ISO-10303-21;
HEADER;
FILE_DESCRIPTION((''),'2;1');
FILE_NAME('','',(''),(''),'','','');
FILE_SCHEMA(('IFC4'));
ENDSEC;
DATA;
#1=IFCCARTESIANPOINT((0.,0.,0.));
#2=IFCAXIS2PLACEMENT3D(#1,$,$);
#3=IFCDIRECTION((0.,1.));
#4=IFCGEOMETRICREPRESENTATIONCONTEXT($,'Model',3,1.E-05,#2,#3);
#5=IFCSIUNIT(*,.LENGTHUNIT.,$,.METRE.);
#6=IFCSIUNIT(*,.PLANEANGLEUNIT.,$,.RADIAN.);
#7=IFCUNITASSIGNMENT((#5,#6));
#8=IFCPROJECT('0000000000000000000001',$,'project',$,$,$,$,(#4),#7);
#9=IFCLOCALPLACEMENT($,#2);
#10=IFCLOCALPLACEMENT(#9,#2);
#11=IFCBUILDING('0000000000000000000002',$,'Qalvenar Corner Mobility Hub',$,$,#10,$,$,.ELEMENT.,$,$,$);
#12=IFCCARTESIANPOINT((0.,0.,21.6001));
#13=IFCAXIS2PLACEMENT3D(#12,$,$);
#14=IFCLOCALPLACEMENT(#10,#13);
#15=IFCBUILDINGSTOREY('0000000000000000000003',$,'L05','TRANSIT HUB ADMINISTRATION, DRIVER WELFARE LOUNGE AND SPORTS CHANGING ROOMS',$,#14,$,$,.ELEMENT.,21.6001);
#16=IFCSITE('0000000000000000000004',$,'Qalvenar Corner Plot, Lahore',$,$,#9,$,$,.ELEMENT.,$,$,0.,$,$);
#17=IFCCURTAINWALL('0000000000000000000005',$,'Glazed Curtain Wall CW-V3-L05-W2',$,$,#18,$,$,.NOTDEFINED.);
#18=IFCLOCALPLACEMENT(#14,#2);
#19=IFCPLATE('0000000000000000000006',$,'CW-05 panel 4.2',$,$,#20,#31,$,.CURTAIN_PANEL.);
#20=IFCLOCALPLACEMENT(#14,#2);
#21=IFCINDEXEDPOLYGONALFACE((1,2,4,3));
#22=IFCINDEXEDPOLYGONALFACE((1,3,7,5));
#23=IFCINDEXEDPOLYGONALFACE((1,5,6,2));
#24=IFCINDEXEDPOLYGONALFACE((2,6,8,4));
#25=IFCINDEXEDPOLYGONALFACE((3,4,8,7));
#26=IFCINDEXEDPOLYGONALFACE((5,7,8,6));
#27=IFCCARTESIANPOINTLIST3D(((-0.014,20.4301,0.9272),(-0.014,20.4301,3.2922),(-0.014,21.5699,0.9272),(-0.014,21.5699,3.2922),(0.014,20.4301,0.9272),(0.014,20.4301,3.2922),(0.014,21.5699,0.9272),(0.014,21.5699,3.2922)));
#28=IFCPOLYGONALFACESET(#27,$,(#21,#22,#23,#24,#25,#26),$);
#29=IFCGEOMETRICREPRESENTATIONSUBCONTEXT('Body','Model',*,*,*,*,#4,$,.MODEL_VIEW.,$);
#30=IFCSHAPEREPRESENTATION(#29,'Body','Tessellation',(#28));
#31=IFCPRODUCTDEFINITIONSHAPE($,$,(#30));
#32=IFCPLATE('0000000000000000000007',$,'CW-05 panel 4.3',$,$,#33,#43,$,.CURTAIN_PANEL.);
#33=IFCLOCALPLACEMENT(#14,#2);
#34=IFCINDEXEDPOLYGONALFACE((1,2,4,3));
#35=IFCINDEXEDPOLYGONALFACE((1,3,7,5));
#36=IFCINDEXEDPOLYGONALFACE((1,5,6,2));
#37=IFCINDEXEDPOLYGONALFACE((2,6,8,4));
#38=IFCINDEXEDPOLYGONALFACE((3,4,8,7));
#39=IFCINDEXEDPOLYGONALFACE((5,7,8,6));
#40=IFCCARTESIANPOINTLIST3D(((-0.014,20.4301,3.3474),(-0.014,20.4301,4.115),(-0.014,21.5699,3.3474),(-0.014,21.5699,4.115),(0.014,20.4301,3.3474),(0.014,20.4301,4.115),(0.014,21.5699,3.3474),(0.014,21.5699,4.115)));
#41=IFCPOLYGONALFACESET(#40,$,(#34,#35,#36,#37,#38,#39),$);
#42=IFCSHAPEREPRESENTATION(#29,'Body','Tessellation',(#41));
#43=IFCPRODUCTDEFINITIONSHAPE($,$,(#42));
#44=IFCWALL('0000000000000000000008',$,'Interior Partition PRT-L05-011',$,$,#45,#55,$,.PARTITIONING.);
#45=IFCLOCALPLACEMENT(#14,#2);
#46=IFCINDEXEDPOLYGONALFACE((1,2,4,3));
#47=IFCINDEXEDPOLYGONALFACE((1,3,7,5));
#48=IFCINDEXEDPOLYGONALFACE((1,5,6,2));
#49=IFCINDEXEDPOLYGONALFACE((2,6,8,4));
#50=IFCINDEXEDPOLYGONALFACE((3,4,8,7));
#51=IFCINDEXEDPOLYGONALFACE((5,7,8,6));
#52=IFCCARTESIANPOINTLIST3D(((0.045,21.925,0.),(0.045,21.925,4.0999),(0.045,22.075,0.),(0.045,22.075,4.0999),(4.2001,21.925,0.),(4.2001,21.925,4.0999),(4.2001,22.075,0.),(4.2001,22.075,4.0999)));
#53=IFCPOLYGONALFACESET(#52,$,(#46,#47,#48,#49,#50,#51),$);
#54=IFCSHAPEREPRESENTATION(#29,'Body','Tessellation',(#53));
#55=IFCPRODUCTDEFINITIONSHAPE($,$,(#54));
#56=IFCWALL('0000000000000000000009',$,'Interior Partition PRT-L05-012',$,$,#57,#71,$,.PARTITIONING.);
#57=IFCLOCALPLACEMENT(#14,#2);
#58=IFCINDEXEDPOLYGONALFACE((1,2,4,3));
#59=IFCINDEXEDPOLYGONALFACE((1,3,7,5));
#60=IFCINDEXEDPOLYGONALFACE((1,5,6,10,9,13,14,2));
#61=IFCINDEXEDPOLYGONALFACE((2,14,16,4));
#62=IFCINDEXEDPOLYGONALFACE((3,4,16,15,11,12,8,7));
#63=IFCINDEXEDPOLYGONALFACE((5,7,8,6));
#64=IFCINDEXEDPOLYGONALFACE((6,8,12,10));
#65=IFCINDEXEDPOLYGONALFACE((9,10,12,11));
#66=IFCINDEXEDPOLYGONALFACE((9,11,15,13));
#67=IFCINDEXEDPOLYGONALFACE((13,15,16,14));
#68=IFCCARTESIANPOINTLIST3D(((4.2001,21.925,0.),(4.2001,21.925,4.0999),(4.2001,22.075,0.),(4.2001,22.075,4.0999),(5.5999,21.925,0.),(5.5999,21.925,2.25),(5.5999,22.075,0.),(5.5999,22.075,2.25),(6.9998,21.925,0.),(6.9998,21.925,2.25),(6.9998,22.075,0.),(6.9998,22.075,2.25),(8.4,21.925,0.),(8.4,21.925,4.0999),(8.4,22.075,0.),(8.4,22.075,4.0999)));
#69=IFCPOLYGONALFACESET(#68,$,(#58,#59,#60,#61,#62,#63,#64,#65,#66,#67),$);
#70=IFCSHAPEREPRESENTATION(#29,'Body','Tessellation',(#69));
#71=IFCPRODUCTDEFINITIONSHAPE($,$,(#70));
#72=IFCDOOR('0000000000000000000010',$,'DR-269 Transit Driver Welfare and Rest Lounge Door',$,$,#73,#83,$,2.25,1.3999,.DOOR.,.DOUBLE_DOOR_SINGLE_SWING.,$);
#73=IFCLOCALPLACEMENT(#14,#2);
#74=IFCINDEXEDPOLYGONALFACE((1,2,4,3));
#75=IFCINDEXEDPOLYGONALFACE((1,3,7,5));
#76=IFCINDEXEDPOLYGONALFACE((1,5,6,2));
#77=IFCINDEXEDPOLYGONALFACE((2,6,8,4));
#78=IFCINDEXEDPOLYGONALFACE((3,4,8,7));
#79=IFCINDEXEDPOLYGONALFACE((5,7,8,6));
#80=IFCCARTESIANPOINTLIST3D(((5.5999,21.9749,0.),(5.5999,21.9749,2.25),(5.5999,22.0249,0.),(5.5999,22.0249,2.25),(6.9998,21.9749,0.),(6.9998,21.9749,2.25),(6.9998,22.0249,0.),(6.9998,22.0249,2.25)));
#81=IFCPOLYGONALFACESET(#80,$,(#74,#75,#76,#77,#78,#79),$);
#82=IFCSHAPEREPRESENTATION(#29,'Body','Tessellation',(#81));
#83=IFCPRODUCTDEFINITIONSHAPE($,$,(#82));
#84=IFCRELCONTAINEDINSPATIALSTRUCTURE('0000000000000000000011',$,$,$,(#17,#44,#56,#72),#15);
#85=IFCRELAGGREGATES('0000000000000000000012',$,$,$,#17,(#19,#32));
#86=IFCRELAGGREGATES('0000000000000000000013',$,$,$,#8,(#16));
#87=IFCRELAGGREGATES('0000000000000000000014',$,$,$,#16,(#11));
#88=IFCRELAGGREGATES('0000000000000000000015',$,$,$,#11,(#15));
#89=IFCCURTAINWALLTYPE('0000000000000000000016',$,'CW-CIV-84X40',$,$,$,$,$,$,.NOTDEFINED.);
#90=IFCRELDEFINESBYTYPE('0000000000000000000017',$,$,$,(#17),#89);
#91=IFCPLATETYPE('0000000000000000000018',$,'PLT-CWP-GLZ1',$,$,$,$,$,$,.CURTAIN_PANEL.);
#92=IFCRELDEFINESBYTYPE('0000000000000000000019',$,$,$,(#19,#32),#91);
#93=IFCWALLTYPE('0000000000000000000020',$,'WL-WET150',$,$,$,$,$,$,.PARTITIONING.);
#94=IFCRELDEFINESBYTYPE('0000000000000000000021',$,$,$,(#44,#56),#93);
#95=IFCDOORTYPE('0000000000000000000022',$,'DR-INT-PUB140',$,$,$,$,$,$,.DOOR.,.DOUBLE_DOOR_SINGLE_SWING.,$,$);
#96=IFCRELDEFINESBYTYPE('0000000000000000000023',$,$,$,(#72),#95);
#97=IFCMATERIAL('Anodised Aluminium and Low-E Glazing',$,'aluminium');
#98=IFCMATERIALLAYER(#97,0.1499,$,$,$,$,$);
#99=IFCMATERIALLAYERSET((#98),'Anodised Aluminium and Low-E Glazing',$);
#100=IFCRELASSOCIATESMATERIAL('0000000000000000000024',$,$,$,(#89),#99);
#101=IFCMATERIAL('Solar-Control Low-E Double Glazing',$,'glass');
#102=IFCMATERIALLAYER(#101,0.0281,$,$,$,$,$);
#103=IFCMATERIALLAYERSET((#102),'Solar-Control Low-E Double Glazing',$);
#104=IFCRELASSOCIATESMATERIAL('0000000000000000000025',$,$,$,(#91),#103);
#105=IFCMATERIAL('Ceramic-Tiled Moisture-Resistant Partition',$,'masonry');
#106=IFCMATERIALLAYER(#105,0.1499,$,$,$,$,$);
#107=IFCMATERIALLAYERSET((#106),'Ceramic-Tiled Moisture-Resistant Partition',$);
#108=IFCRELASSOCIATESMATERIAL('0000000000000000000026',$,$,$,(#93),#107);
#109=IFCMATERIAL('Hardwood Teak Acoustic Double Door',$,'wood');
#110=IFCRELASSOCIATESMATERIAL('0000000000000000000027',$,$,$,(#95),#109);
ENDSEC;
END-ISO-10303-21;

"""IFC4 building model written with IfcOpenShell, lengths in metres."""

from ifc_helpers import new_model, si_unit, direction, frame, frame_2d, origin, origin_2d, place, context, subcontext, project, spatial, rectangle, extrude, material, layer, layer_set, type_object, element, fill, aggregate, save


model = new_model("IFC4")

# Units and contexts
model_context = context("Model", 3, precision=1e-05, world=origin(), true_north=direction((0.0, 1.0)))
body_context = subcontext(model_context, "Body", "Model", "MODEL_VIEW")
ifc_project = project(units=[si_unit("LENGTHUNIT", "METRE"), si_unit("PLANEANGLEUNIT", "RADIAN")], contexts=[model_context])

# Site, building, storey
site_placement = place(None, origin())
site = spatial("IfcSite", under=ifc_project, at=site_placement, Name="Qalvenar Corner Plot, Lahore", CompositionType="ELEMENT", RefElevation=0.0)
building_placement = place(site_placement, origin())
building = spatial("IfcBuilding", under=site, at=building_placement, Name="Qalvenar Corner Mobility Hub", CompositionType="ELEMENT")
storey_placement = place(building_placement, frame((0.0, 0.0, 21.6001)))
storey = spatial("IfcBuildingStorey", under=building, at=storey_placement, Name="L05", Description="TRANSIT HUB ADMINISTRATION, DRIVER WELFARE LOUNGE AND SPORTS CHANGING ROOMS", CompositionType="ELEMENT", Elevation=21.6001)

# Curtain wall, plates
ifc_material_1 = material(Name="Anodised Aluminium and Low-E Glazing", Category="aluminium")
ifc_layer_1 = layer(ifc_material_1, 0.1499)
ifc_layer_set_1 = layer_set([ifc_layer_1], Name="Anodised Aluminium and Low-E Glazing")
curtain_wall_type = type_object("IfcCurtainWallType", Name="CW-CIV-84X40", PredefinedType="NOTDEFINED", material=ifc_layer_set_1)
curtain_wall_placement = place(storey_placement, origin())
curtain_wall = element("IfcCurtainWall", 1, at=curtain_wall_placement, inside=storey, type_object=curtain_wall_type, Name="Glazed Curtain Wall CW-V3-L05-W2", PredefinedType="NOTDEFINED")
ifc_material_2 = material(Name="Solar-Control Low-E Double Glazing", Category="glass")
ifc_layer_2 = layer(ifc_material_2, 0.0281)
ifc_layer_set_2 = layer_set([ifc_layer_2], Name="Solar-Control Low-E Double Glazing")
plate_type = type_object("IfcPlateType", Name="PLT-CWP-GLZ1", PredefinedType="CURTAIN_PANEL", material=ifc_layer_set_2)
plate_1_placement = place(storey_placement, frame((0.0, 21.0, 0.9272), z_axis=(0.0, 0.0, 1.0), x_axis=(0.0, -1.0, 0.0)))
plate_1 = element("IfcPlate", 2, at=plate_1_placement, type_object=plate_type, Name="CW-05 panel 4.2", PredefinedType="CURTAIN_PANEL", context=body_context, shape_type="SweptSolid", body=[
    extrude(rectangle(XDim=1.1399, YDim=0.0281, at=origin_2d()), origin(), (0.0, 0.0, 1.0), 2.365),
])
plate_2_placement = place(storey_placement, frame((0.0, 21.0, 3.3474), z_axis=(0.0, 0.0, 1.0), x_axis=(0.0, -1.0, 0.0)))
plate_2 = element("IfcPlate", 3, at=plate_2_placement, type_object=plate_type, Name="CW-05 panel 4.3", PredefinedType="CURTAIN_PANEL", context=body_context, shape_type="SweptSolid", body=[
    extrude(rectangle(XDim=1.1399, YDim=0.0281, at=origin_2d()), origin(), (0.0, 0.0, 1.0), 0.7676),
])
aggregate(curtain_wall, [plate_1, plate_2])

# Wall
ifc_material_3 = material(Name="Ceramic-Tiled Moisture-Resistant Partition", Category="masonry")
ifc_layer_3 = layer(ifc_material_3, 0.1499)
ifc_layer_set_3 = layer_set([ifc_layer_3], Name="Ceramic-Tiled Moisture-Resistant Partition")
wall_type = type_object("IfcWallType", Name="WL-WET150", PredefinedType="PARTITIONING", material=ifc_layer_set_3)
wall_1_placement = place(storey_placement, frame((0.0449, 22.0, 0.0), z_axis=(0.0, 0.0, 1.0), x_axis=(1.0, 0.0, 0.0)))
element("IfcWall", 4, at=wall_1_placement, inside=storey, type_object=wall_type, Name="Interior Partition PRT-L05-011", PredefinedType="PARTITIONING", context=body_context, shape_type="SweptSolid", body=[
    extrude(rectangle(XDim=4.155, YDim=0.1499, at=frame_2d((2.0776, 0.0))), origin(), (0.0, 0.0, 1.0), 4.0999),
])

# Wall, opening, door
wall_2_placement = place(storey_placement, frame((4.2, 22.0, 0.0), z_axis=(0.0, 0.0, 1.0), x_axis=(1.0, 0.0, 0.0)))
wall_2 = element("IfcWall", 5, at=wall_2_placement, inside=storey, type_object=wall_type, Name="Interior Partition PRT-L05-012", PredefinedType="PARTITIONING", context=body_context, shape_type="SweptSolid", body=[
    extrude(rectangle(XDim=4.2, YDim=0.1499, at=frame_2d((2.1001, 0.0))), origin(), (0.0, 0.0, 1.0), 4.0999),
])
opening_placement = place(wall_2_placement, frame((1.3999, 0.0, 0.0)))
opening = element("IfcOpeningElement", 6, at=opening_placement, cuts=wall_2, PredefinedType="OPENING", context=body_context, shape_type="SweptSolid", body=[
    extrude(rectangle(XDim=1.3999, YDim=2.25, at=frame_2d((0.7, 1.125))), frame((0.0, 0.085, 0.0), z_axis=(0.0, -1.0, 0.0), x_axis=(1.0, 0.0, 0.0)), (0.0, 0.0, 1.0), 0.1699),
])
ifc_material_4 = material(Name="Hardwood Teak Acoustic Double Door", Category="wood")
door_type = type_object("IfcDoorType", Name="DR-INT-PUB140", OperationType="DOUBLE_DOOR_SINGLE_SWING", PredefinedType="DOOR", material=ifc_material_4)
door_placement = place(opening_placement, origin())
door = element("IfcDoor", 7, at=door_placement, inside=storey, type_object=door_type, Name="DR-269 Transit Driver Welfare and Rest Lounge Door", OperationType="DOUBLE_DOOR_SINGLE_SWING", OverallHeight=2.25, OverallWidth=1.3999, PredefinedType="DOOR", context=body_context, shape_type="SweptSolid", body=[
    extrude(rectangle(XDim=1.3999, YDim=2.25, at=frame_2d((0.7, 1.125))), frame((0.0, 0.0249, 0.0), z_axis=(0.0, -1.0, 0.0), x_axis=(1.0, 0.0, 0.0)), (0.0, 0.0, 1.0), 0.05),
])
fill(opening, door)

save(model, "model.ifc")
